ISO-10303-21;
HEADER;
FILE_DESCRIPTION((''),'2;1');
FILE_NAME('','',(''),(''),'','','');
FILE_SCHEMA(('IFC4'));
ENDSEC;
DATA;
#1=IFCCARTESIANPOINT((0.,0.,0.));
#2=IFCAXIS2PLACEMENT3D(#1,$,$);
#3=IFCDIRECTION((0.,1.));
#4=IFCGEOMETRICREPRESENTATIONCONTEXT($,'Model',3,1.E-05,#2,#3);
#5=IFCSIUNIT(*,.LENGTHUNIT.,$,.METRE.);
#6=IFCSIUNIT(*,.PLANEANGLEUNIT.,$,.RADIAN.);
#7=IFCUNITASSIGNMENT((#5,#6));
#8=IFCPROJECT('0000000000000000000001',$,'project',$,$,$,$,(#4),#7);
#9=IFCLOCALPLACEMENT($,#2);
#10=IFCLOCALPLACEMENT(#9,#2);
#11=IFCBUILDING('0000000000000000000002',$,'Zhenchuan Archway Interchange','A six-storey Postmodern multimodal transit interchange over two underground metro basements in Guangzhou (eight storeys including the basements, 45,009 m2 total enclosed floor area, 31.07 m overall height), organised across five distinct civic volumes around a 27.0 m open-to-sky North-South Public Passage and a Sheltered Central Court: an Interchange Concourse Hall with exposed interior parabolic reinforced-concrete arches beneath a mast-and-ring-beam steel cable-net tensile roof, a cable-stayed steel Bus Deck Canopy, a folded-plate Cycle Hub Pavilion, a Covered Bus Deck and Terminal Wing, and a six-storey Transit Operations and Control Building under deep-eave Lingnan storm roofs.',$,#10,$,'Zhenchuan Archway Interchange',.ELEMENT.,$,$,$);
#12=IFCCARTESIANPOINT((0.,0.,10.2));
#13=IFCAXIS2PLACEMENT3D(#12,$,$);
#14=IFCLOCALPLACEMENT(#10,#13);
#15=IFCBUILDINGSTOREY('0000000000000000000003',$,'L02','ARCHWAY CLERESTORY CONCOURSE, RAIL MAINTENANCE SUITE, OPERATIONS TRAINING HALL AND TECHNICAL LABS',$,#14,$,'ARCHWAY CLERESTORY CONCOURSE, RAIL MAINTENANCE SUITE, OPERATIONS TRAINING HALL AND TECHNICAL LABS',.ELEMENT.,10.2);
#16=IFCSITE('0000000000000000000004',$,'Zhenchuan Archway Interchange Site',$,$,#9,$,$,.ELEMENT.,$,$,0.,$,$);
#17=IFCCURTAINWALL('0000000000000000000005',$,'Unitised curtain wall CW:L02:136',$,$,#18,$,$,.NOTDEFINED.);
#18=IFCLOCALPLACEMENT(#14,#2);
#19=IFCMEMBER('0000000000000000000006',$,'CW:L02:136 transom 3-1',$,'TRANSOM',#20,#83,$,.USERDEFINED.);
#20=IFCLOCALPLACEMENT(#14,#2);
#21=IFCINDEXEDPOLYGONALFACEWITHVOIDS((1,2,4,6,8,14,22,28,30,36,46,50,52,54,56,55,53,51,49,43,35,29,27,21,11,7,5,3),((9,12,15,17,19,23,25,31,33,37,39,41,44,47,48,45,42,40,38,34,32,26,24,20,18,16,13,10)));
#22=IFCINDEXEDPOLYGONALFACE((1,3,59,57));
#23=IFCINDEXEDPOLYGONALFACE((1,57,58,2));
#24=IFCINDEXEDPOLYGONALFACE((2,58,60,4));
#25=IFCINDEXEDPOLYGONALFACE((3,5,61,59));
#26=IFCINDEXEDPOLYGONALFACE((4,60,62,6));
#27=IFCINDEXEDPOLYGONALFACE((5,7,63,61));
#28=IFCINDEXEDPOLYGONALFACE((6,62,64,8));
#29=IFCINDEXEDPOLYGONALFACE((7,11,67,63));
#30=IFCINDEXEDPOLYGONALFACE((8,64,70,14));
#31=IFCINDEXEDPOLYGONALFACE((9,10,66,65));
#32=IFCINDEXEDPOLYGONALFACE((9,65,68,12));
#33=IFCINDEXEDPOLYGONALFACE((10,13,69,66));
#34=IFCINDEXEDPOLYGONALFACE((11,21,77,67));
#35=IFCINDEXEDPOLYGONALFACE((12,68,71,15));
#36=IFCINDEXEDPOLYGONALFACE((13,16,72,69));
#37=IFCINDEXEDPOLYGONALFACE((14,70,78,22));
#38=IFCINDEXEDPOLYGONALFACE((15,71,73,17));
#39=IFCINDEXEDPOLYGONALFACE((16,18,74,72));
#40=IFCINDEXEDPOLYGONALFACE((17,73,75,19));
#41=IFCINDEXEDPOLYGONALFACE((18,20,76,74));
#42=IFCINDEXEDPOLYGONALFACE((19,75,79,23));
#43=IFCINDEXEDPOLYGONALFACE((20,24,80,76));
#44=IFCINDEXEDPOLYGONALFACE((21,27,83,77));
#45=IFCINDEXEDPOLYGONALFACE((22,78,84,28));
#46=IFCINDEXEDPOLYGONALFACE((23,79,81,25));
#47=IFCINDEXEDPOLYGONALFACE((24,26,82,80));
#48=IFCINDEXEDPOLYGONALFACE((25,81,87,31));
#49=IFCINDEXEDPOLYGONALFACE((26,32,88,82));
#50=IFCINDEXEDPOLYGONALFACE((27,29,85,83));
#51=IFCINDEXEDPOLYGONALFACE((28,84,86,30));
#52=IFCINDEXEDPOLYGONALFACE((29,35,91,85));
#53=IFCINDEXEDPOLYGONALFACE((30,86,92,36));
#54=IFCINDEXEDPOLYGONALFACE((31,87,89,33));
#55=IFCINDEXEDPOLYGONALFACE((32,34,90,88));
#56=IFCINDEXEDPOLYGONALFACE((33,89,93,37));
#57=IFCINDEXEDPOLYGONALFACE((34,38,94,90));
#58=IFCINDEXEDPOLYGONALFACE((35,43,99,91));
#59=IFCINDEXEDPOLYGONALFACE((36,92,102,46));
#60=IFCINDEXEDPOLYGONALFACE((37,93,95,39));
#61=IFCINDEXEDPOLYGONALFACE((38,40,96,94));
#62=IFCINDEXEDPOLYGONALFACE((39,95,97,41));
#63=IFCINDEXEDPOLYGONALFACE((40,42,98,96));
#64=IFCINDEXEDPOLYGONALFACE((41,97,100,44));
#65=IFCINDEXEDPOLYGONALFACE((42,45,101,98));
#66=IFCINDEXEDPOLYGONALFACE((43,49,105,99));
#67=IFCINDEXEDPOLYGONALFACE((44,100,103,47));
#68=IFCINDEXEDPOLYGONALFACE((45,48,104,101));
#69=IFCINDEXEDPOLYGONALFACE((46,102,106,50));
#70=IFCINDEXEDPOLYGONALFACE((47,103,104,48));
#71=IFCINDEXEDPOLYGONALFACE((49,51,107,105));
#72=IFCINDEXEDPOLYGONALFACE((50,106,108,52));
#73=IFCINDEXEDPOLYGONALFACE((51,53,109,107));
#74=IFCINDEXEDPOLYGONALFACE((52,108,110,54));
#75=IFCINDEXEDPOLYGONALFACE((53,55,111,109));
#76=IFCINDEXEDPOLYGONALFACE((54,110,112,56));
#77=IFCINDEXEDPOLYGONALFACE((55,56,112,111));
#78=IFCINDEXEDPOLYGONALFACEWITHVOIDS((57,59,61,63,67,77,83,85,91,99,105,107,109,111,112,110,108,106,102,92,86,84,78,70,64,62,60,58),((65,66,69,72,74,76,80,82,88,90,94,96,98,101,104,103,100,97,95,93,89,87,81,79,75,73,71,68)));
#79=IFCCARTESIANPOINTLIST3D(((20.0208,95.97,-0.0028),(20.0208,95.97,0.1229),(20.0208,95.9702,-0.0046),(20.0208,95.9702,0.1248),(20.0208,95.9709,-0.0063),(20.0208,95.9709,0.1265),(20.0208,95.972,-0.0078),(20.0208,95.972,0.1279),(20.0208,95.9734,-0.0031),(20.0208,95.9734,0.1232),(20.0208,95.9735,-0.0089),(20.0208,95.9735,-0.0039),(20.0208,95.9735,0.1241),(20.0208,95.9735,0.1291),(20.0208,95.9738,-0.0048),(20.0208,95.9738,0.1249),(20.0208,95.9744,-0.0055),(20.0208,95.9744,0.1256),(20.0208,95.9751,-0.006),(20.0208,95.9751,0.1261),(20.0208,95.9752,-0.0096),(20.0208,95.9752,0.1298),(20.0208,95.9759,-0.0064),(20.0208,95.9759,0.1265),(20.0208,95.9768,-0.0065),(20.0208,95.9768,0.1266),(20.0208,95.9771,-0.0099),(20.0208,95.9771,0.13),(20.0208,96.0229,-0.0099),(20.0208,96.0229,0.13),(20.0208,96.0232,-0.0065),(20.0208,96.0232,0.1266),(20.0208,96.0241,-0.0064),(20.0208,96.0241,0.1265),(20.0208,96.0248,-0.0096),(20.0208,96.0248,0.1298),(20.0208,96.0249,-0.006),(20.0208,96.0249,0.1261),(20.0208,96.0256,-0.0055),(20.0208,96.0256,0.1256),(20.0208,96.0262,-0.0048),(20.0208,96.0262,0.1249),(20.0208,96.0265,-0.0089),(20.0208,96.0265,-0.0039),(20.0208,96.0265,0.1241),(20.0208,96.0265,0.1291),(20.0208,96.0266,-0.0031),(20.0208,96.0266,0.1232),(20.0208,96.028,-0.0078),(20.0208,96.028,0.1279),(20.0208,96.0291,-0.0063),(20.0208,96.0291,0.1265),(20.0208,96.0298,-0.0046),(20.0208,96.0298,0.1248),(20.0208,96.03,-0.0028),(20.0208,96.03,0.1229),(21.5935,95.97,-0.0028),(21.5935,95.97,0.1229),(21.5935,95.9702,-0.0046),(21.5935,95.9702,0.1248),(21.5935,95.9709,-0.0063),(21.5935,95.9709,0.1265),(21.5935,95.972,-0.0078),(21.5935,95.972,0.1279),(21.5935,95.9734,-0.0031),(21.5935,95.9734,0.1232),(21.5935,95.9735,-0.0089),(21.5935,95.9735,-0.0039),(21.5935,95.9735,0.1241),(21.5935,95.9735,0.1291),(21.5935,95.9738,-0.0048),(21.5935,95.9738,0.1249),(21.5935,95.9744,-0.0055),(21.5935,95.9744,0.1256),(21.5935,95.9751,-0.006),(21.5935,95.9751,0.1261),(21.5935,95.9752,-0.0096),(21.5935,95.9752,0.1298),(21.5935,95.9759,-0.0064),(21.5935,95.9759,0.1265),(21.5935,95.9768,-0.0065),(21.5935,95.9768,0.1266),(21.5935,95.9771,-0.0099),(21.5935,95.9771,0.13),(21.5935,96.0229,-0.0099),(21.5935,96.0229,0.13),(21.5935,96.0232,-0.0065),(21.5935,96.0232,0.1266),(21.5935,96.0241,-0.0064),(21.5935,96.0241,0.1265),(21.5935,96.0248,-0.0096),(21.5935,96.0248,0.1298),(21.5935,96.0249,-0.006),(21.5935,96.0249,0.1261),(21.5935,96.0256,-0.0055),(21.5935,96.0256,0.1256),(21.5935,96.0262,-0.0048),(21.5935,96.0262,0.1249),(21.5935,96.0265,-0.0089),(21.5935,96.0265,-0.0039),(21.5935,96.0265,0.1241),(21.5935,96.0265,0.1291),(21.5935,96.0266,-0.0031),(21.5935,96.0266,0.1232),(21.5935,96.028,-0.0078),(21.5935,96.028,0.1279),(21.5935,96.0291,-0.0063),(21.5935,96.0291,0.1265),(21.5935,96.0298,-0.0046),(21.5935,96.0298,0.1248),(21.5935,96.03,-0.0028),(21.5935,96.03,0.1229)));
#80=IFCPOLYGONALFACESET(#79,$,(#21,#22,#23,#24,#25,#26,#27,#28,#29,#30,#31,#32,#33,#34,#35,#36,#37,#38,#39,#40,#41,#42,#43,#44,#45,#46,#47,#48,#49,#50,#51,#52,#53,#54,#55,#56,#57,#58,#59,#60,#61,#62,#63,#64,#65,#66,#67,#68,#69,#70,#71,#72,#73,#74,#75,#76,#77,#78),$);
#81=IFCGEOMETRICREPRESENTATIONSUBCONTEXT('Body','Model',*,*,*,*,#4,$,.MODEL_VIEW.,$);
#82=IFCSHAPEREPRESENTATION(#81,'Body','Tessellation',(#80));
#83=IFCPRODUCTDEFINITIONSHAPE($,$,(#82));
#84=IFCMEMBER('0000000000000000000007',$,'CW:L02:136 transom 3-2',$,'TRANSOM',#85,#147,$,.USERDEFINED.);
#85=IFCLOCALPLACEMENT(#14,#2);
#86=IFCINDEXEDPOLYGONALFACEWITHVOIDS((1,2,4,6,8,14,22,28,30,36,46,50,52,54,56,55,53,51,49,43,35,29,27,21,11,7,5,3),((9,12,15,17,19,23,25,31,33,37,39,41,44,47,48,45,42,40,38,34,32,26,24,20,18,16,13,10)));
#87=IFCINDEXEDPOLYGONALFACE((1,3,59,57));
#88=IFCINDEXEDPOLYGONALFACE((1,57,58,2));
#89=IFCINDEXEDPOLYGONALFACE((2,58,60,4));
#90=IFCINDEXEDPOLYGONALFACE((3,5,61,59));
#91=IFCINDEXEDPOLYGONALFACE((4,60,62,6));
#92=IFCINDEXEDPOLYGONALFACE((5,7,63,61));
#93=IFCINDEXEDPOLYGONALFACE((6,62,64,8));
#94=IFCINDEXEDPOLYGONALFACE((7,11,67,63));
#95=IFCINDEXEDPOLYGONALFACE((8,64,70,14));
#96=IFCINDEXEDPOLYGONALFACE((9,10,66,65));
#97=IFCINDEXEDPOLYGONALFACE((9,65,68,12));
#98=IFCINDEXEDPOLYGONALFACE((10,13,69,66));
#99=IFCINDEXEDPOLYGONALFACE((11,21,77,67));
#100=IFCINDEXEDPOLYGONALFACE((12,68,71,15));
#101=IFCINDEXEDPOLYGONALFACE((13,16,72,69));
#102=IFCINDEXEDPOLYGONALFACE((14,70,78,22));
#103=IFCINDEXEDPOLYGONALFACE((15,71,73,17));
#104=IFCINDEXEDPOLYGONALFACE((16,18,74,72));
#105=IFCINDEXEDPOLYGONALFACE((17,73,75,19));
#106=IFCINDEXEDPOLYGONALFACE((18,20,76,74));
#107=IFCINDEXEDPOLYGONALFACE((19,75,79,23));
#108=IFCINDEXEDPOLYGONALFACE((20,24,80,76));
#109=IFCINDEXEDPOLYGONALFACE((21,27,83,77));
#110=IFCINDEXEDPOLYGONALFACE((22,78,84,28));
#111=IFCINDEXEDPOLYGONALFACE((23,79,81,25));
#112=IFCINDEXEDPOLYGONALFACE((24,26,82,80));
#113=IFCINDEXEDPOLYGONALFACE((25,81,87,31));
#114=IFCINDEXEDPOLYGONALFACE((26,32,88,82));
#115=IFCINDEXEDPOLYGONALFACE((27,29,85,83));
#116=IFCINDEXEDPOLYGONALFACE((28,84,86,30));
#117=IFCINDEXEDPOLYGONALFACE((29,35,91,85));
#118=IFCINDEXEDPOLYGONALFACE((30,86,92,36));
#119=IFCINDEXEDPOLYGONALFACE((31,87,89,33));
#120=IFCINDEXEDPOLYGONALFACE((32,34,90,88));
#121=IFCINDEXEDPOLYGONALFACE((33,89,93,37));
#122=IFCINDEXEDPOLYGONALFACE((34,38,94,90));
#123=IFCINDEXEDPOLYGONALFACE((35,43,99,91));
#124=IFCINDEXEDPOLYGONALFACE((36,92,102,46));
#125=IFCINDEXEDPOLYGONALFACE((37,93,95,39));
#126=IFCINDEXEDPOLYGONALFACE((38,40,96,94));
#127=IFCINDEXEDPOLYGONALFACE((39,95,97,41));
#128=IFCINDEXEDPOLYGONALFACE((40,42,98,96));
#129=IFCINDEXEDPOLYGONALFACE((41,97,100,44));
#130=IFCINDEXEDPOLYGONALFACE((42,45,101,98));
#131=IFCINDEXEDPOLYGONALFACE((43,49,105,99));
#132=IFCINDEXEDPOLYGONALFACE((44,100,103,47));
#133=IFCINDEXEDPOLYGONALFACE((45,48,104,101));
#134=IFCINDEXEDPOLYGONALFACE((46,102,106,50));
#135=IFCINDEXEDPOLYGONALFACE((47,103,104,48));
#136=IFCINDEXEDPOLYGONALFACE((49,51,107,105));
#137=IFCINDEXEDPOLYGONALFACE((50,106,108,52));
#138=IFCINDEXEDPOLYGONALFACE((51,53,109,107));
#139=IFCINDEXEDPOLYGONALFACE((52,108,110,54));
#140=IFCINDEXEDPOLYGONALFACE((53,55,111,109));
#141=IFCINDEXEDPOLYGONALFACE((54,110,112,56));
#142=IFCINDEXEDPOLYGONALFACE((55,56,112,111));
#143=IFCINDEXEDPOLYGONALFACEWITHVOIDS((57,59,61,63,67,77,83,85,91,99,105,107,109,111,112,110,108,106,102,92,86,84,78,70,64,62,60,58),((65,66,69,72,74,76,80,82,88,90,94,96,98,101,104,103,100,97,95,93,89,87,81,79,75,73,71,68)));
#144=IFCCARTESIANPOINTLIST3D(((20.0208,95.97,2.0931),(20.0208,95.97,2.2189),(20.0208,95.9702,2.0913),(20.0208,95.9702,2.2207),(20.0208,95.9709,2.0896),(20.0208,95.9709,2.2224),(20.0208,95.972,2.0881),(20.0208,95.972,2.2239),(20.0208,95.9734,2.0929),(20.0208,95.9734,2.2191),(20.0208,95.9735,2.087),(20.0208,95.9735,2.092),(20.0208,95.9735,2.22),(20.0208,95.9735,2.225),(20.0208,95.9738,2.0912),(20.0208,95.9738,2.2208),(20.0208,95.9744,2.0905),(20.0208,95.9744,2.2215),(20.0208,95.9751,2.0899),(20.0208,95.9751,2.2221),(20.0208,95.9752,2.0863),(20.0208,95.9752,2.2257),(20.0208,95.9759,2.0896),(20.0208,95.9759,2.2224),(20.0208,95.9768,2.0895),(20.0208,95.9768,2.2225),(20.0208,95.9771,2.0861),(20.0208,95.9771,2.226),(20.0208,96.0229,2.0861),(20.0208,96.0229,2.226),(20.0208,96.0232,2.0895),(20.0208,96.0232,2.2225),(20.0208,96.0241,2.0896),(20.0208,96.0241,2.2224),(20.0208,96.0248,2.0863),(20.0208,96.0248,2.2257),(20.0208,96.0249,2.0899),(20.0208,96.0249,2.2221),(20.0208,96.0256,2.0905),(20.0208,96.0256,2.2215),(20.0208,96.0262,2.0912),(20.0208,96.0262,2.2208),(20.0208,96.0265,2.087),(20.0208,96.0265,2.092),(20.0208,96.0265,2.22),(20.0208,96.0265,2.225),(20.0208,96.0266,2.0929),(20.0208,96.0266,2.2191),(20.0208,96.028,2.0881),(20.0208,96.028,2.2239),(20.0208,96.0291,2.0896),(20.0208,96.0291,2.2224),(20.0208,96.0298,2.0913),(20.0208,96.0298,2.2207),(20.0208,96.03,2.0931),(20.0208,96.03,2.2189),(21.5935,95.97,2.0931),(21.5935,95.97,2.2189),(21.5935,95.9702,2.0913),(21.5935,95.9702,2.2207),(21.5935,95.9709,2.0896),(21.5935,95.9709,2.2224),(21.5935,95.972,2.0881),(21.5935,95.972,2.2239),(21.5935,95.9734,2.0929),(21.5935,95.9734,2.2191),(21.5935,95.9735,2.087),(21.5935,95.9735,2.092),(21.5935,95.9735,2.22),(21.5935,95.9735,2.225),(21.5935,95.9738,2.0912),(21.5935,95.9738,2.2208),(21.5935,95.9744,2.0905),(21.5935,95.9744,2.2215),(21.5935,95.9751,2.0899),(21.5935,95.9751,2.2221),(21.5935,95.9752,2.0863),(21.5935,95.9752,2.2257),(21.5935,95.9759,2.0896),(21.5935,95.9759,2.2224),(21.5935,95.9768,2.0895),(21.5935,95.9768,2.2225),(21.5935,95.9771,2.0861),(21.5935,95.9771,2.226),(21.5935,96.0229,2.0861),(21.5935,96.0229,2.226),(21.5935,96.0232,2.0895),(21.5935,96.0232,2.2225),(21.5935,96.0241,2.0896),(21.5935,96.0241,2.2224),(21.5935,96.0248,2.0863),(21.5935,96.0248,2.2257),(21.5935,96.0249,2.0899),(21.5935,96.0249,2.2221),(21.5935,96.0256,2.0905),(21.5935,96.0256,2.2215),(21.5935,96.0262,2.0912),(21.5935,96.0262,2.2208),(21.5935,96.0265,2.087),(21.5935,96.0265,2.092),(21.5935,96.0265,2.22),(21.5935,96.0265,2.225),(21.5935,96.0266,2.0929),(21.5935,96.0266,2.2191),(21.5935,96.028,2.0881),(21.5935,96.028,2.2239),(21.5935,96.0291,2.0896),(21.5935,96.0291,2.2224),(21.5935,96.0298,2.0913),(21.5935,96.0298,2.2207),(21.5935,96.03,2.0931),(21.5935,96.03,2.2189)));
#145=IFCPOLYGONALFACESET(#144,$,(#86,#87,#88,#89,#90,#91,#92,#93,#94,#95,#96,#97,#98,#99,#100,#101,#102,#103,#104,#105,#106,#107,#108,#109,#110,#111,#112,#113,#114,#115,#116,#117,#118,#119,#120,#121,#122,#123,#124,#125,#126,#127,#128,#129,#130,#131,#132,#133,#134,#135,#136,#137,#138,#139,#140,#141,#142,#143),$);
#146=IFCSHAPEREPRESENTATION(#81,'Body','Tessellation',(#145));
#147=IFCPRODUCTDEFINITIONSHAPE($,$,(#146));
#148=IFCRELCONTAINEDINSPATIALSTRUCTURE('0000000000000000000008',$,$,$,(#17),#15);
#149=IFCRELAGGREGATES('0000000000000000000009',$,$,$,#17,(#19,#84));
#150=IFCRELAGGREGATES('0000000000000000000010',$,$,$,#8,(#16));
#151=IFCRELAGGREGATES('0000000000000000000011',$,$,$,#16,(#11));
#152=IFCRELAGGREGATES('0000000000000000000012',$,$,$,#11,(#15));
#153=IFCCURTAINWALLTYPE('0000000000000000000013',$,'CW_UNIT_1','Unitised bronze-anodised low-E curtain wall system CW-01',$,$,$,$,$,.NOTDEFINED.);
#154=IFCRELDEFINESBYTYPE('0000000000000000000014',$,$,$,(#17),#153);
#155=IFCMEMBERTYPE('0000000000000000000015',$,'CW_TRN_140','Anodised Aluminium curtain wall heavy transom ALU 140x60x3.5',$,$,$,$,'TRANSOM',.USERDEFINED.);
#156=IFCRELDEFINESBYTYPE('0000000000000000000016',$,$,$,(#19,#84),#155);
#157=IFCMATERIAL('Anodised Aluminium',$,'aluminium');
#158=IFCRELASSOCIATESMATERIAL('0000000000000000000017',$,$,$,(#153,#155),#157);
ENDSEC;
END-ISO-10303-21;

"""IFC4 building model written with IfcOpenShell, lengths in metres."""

from ifc_helpers import new_model, si_unit, direction, frame, origin, origin_2d, place, context, subcontext, project, spatial, hollow_rectangle, extrude, material, material_profile, profile_set, type_object, element, aggregate, save


model = new_model("IFC4")

# Units and contexts
model_context = context("Model", 3, precision=1e-05, world=origin(), true_north=direction((0.0, 1.0)))
body_context = subcontext(model_context, "Body", "Model", "MODEL_VIEW")
ifc_project = project(units=[si_unit("LENGTHUNIT", "METRE"), si_unit("PLANEANGLEUNIT", "RADIAN")], contexts=[model_context])

# Site, building, storey
site_placement = place(None, origin())
site = spatial("IfcSite", under=ifc_project, at=site_placement, Name="Zhenchuan Archway Interchange Site", CompositionType="ELEMENT", RefElevation=0.0)
building_placement = place(site_placement, origin())
building = spatial("IfcBuilding", under=site, at=building_placement, Name="Zhenchuan Archway Interchange", Description="A six-storey Postmodern multimodal transit interchange over two underground metro basements in Guangzhou (eight storeys including the basements, 45,009 m2 total enclosed floor area, 31.07 m overall height), organised across five distinct civic volumes around a 27.0 m open-to-sky North-South Public Passage and a Sheltered Central Court: an Interchange Concourse Hall with exposed interior parabolic reinforced-concrete arches beneath a mast-and-ring-beam steel cable-net tensile roof, a cable-stayed steel Bus Deck Canopy, a folded-plate Cycle Hub Pavilion, a Covered Bus Deck and Terminal Wing, and a six-storey Transit Operations and Control Building under deep-eave Lingnan storm roofs.", LongName="Zhenchuan Archway Interchange", CompositionType="ELEMENT")
storey_placement = place(building_placement, frame((0.0, 0.0, 10.2)))
storey = spatial("IfcBuildingStorey", under=building, at=storey_placement, Name="L02", Description="ARCHWAY CLERESTORY CONCOURSE, RAIL MAINTENANCE SUITE, OPERATIONS TRAINING HALL AND TECHNICAL LABS", LongName="ARCHWAY CLERESTORY CONCOURSE, RAIL MAINTENANCE SUITE, OPERATIONS TRAINING HALL AND TECHNICAL LABS", CompositionType="ELEMENT", Elevation=10.2)

# Curtain wall, members
ifc_material_1 = material(Name="Anodised Aluminium", Category="aluminium")
curtain_wall_type = type_object("IfcCurtainWallType", Name="CW_UNIT_1", Description="Unitised bronze-anodised low-E curtain wall system CW-01", PredefinedType="NOTDEFINED", material=ifc_material_1)
curtain_wall_placement = place(storey_placement, origin())
curtain_wall = element("IfcCurtainWall", 1, at=curtain_wall_placement, inside=storey, type_object=curtain_wall_type, Name="Unitised curtain wall CW:L02:136", PredefinedType="NOTDEFINED")
ifc_material_profile_1 = material_profile(ifc_material_1, hollow_rectangle(XDim=0.0601, YDim=0.1399, WallThickness=0.0034, InnerFilletRadius=0.0034, OuterFilletRadius=0.0071, at=origin_2d()), Name="ALU 140x60x3.5")
ifc_profile_set_1 = profile_set([ifc_material_profile_1], Name="Anodised Aluminium")
member_type_1 = type_object("IfcMemberType", Name="CW_TRN_140", Description="Anodised Aluminium curtain wall heavy transom ALU 140x60x3.5", ElementType="TRANSOM", PredefinedType="USERDEFINED", material=ifc_profile_set_1)
member_1_placement = place(storey_placement, frame((21.5935, 96.0, 0.0601), z_axis=(-1.0, 0.0, 0.0), x_axis=(0.0, -1.0, 0.0)))
member_1 = element("IfcMember", 2, at=member_1_placement, type_object=member_type_1, Name="CW:L02:136 transom 3-1", ObjectType="TRANSOM", PredefinedType="USERDEFINED", context=body_context, shape_type="SweptSolid", body=[
    extrude(hollow_rectangle(XDim=0.0601, YDim=0.1399, WallThickness=0.0034, InnerFilletRadius=0.0034, OuterFilletRadius=0.0071, at=origin_2d()), origin(), (0.0, 0.0, 1.0), 1.5728),
])
member_2_placement = place(storey_placement, frame((21.5935, 96.0, 2.156), z_axis=(-1.0, 0.0, 0.0), x_axis=(0.0, -1.0, 0.0)))
member_2 = element("IfcMember", 3, at=member_2_placement, type_object=member_type_1, Name="CW:L02:136 transom 3-2", ObjectType="TRANSOM", PredefinedType="USERDEFINED", context=body_context, shape_type="SweptSolid", body=[
    extrude(hollow_rectangle(XDim=0.0601, YDim=0.1399, WallThickness=0.0034, InnerFilletRadius=0.0034, OuterFilletRadius=0.0071, at=origin_2d()), origin(), (0.0, 0.0, 1.0), 1.5728),
])

aggregate(curtain_wall, [member_1, member_2])

save(model, "model.ifc")
